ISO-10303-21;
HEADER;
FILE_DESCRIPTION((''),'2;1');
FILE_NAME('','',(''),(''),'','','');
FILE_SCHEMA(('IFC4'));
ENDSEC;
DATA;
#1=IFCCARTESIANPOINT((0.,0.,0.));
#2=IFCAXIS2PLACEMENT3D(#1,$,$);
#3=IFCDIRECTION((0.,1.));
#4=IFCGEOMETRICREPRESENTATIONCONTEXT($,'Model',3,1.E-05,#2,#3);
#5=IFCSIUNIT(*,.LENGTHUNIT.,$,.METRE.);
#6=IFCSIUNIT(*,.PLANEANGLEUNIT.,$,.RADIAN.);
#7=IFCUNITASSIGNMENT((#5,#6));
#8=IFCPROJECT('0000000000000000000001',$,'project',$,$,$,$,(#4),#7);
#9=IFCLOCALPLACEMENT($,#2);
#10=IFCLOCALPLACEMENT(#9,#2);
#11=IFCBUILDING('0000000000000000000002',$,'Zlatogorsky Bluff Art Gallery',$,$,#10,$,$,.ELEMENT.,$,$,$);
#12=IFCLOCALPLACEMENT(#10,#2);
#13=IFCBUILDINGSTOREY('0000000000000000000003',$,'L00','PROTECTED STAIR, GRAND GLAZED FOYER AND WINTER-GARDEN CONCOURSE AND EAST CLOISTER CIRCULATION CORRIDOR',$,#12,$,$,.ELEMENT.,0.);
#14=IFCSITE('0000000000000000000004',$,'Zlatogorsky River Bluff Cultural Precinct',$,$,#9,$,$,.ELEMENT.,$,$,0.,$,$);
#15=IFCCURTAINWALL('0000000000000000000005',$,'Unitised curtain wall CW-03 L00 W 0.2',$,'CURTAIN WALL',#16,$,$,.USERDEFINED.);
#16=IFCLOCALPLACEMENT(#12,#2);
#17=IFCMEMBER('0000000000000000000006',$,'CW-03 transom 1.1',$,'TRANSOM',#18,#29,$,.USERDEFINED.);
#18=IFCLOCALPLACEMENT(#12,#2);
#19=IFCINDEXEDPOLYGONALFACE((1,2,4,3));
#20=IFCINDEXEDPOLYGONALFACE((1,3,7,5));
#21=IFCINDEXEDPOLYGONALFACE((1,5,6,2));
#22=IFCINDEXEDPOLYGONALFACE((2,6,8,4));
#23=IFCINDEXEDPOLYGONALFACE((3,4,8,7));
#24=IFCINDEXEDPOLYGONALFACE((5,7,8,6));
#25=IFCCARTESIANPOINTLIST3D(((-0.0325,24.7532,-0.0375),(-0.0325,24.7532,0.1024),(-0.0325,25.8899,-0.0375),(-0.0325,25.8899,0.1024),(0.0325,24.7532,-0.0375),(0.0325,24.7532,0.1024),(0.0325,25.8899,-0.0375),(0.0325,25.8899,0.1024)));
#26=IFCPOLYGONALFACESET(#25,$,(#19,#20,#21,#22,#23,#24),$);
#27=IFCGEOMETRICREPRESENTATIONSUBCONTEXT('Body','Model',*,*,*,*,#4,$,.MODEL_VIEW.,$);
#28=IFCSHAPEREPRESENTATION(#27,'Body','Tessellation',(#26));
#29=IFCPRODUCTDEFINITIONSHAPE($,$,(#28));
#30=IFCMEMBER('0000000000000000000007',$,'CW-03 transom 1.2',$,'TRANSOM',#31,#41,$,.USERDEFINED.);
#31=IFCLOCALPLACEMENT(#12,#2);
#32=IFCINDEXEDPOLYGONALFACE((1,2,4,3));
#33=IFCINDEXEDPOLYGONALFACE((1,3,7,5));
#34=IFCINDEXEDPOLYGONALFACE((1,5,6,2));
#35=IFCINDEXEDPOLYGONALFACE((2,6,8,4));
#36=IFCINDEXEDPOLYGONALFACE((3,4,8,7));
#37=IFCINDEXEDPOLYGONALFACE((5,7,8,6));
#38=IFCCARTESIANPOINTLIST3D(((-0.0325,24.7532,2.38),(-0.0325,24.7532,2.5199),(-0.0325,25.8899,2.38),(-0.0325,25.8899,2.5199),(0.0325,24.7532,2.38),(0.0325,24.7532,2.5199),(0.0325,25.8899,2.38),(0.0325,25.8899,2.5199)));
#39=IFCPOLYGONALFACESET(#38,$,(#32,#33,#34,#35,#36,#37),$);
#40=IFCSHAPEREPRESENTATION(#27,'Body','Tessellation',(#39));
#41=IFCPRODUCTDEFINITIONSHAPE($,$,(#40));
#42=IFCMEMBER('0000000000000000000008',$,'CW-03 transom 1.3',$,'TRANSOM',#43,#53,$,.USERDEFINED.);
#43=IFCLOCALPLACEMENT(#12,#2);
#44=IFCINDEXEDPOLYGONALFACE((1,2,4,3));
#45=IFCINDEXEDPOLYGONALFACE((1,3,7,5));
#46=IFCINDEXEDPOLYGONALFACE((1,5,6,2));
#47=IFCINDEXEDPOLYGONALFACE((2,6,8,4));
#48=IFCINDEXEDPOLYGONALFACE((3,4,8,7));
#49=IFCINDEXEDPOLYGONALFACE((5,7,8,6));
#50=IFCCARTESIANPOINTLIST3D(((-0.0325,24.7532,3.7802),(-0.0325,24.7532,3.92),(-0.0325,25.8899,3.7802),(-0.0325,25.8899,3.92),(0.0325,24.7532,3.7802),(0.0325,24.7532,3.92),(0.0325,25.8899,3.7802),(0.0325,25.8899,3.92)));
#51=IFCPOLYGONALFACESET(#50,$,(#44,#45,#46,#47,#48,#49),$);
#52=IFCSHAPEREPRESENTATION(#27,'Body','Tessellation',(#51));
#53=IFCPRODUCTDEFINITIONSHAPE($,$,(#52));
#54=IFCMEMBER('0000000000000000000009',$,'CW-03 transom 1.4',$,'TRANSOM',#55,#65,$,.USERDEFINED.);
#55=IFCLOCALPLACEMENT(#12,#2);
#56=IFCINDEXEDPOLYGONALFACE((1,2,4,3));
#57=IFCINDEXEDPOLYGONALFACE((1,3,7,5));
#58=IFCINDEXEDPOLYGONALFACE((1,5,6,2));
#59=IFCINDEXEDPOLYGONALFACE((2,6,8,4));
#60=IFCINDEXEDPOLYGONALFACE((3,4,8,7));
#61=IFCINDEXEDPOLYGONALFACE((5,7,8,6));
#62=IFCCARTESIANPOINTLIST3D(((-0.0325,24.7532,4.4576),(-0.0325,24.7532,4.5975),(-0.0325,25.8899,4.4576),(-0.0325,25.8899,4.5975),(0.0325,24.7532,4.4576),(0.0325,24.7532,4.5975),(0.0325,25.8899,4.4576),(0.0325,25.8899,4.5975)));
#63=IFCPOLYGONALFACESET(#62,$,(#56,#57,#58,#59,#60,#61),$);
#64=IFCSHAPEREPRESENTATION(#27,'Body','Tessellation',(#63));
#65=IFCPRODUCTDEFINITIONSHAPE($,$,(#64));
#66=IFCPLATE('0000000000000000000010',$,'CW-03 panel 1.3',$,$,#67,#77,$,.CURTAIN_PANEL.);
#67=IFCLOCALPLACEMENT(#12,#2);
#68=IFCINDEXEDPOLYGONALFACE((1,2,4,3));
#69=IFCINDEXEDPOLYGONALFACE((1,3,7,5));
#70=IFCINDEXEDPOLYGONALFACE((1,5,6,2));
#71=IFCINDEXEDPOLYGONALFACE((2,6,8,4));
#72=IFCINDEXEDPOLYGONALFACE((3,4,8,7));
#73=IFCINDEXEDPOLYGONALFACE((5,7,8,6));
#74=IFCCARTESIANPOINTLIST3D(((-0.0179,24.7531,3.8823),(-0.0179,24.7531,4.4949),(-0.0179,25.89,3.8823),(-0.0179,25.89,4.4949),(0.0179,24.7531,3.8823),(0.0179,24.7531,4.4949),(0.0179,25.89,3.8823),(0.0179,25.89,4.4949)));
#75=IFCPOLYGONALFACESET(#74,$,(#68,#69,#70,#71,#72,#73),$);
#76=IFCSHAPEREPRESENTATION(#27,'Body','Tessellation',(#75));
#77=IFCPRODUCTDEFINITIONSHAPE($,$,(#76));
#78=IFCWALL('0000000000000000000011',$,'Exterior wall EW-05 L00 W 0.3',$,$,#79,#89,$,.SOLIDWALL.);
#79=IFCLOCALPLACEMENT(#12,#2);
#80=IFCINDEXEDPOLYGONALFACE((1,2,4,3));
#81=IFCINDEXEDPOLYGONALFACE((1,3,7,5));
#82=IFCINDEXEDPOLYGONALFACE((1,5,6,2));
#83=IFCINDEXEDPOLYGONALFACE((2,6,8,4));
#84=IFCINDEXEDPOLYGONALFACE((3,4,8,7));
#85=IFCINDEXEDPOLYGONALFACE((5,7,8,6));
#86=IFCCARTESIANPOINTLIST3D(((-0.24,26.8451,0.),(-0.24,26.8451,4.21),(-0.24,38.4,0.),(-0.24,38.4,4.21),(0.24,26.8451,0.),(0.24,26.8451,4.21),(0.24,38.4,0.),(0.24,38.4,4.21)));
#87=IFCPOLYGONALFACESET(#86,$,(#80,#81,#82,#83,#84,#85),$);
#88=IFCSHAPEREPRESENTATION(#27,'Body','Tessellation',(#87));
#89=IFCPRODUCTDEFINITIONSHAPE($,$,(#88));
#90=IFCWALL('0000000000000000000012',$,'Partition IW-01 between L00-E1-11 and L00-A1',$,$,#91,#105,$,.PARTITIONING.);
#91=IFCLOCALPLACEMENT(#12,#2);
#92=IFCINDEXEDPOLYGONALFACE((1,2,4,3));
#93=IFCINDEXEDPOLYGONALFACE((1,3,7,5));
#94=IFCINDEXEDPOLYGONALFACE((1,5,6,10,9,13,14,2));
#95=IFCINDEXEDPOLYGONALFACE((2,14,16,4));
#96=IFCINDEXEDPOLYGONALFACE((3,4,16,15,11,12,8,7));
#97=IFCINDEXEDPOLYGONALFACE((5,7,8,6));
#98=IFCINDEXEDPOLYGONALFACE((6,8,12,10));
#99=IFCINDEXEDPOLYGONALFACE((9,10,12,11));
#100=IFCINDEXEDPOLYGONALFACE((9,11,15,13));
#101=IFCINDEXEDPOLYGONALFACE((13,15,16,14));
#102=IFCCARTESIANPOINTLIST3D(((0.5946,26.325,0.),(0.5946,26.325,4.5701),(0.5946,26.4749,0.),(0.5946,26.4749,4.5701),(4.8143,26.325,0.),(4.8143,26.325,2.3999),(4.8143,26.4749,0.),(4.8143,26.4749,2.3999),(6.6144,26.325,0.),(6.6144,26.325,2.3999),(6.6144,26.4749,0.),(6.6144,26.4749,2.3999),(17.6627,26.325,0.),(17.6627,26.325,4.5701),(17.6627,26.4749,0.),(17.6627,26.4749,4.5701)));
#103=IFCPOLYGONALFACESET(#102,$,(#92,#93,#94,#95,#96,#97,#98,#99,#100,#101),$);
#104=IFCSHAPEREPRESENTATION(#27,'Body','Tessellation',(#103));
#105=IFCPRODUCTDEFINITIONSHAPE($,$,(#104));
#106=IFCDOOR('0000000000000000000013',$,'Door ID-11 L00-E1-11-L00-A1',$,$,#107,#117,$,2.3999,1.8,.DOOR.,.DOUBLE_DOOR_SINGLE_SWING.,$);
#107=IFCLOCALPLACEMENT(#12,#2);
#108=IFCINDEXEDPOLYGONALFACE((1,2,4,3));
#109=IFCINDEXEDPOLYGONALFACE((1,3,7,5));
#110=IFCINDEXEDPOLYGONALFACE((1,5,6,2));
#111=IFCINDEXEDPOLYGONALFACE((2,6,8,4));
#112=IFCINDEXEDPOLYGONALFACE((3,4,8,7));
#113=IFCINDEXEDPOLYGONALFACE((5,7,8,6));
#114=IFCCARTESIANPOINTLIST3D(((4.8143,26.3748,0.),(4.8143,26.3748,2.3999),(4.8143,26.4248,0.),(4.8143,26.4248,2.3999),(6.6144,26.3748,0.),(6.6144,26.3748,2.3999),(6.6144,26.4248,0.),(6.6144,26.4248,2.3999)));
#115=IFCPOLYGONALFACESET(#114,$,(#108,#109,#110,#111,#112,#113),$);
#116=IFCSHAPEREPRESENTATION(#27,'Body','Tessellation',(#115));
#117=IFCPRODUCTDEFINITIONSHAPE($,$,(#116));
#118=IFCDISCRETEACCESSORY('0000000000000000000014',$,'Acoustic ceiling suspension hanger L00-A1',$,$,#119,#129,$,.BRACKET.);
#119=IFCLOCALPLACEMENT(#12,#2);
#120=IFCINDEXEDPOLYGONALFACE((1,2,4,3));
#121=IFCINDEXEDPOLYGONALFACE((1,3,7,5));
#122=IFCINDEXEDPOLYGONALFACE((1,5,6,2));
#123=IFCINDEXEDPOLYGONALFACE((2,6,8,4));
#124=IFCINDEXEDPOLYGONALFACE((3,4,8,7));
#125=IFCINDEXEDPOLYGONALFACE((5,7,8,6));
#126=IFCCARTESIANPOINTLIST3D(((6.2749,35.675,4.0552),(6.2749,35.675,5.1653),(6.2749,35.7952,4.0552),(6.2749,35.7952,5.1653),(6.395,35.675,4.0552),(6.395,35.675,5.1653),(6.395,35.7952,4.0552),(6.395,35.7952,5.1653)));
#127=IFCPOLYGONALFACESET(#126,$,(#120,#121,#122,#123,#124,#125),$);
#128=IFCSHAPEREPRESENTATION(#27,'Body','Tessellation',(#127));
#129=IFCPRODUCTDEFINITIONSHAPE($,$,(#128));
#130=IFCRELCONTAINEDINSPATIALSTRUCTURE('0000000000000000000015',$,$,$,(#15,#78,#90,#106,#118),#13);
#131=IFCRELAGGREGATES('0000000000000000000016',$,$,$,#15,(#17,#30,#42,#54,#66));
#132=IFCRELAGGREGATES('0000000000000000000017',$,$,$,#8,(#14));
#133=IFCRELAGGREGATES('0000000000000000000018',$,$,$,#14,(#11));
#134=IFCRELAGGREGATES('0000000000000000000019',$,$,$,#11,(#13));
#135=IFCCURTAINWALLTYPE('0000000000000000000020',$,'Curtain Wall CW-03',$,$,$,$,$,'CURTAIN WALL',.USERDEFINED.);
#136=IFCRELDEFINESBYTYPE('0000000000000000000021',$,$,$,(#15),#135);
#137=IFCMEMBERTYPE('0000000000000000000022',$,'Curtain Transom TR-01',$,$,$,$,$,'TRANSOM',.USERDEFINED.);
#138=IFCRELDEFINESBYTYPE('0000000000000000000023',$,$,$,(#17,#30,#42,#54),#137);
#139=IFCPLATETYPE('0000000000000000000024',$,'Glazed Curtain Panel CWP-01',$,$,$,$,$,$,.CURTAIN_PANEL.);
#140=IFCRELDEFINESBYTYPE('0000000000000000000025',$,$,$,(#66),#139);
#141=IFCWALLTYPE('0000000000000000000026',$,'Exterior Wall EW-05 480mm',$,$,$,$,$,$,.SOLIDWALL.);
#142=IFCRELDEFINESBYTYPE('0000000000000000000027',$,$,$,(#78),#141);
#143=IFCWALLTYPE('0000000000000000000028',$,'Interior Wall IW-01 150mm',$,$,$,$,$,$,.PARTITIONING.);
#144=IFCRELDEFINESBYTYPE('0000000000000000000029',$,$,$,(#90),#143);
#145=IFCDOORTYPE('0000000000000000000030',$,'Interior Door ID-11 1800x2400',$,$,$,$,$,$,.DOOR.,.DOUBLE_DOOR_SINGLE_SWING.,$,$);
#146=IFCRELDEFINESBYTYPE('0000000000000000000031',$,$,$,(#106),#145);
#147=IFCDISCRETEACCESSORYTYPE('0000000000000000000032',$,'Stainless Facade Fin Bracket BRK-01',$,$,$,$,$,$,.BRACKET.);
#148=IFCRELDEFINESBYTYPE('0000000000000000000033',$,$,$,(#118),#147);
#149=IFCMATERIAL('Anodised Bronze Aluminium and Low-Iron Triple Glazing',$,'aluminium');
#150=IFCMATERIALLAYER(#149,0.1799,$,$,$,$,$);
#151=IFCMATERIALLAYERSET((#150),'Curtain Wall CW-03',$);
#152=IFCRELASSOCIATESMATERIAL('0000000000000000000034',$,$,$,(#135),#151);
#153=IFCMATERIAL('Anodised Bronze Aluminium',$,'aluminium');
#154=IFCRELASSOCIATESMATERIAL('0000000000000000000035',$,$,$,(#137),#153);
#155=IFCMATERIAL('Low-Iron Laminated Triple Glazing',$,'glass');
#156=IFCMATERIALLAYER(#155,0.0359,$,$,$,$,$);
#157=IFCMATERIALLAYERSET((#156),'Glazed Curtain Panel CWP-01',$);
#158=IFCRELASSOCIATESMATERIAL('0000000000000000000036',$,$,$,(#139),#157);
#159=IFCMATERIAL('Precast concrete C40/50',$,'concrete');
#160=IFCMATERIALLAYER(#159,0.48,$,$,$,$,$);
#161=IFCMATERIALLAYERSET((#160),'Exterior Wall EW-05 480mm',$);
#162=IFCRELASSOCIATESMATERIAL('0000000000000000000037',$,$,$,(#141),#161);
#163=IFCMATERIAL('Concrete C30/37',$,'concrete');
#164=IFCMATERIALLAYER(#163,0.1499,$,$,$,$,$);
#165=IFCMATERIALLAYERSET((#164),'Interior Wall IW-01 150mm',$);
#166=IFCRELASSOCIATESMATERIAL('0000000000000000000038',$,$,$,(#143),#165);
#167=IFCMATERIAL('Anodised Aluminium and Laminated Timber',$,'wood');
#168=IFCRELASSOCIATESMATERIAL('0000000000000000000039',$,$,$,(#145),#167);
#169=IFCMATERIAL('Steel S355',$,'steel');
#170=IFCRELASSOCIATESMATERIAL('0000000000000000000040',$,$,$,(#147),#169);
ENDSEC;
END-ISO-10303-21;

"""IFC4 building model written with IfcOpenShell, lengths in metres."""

from ifc_helpers import new_model, si_unit, direction, frame, frame_2d, origin, origin_2d, place, context, subcontext, project, spatial, rectangle, extrude, material, layer, layer_set, material_profile, profile_set, type_object, element, fill, aggregate, save


model = new_model("IFC4")

# Units and contexts
model_context = context("Model", 3, precision=1e-05, world=origin(), true_north=direction((0.0, 1.0)))
body_context = subcontext(model_context, "Body", "Model", "MODEL_VIEW")
ifc_project = project(units=[si_unit("LENGTHUNIT", "METRE"), si_unit("PLANEANGLEUNIT", "RADIAN")], contexts=[model_context])

# Site, building, storey
site_placement = place(None, origin())
site = spatial("IfcSite", under=ifc_project, at=site_placement, Name="Zlatogorsky River Bluff Cultural Precinct", CompositionType="ELEMENT", RefElevation=0.0)
building_placement = place(site_placement, origin())
building = spatial("IfcBuilding", under=site, at=building_placement, Name="Zlatogorsky Bluff Art Gallery", CompositionType="ELEMENT")
storey_placement = place(building_placement, origin())
storey = spatial("IfcBuildingStorey", under=building, at=storey_placement, Name="L00", Description="PROTECTED STAIR, GRAND GLAZED FOYER AND WINTER-GARDEN CONCOURSE AND EAST CLOISTER CIRCULATION CORRIDOR", CompositionType="ELEMENT", Elevation=0.0)

# Shared definitions
ifc_material_1 = material(Name="Steel S355", Category="steel")

# Curtain wall, members, plate
ifc_material_2 = material(Name="Anodised Bronze Aluminium and Low-Iron Triple Glazing", Category="aluminium")
ifc_layer_1 = layer(ifc_material_2, 0.1799)
ifc_layer_set_1 = layer_set([ifc_layer_1], Name="Curtain Wall CW-03")
curtain_wall_type = type_object("IfcCurtainWallType", Name="Curtain Wall CW-03", ElementType="CURTAIN WALL", PredefinedType="USERDEFINED", material=ifc_layer_set_1)
curtain_wall_placement = place(storey_placement, origin())
curtain_wall = element("IfcCurtainWall", 1, at=curtain_wall_placement, inside=storey, type_object=curtain_wall_type, Name="Unitised curtain wall CW-03 L00 W 0.2", ObjectType="CURTAIN WALL", PredefinedType="USERDEFINED")
ifc_material_3 = material(Name="Anodised Bronze Aluminium", Category="aluminium")
ifc_material_profile_1 = material_profile(ifc_material_3, rectangle(XDim=0.0649, YDim=0.1399, at=origin_2d()), Name="ALU TRANSOM 65x140")
ifc_profile_set_1 = profile_set([ifc_material_profile_1], Name="Anodised Bronze Aluminium")
member_type_1 = type_object("IfcMemberType", Name="Curtain Transom TR-01", ElementType="TRANSOM", PredefinedType="USERDEFINED", material=ifc_profile_set_1)
member_1_placement = place(storey_placement, frame((0.0, 25.8899, 0.0325), z_axis=(0.0, -1.0, 0.0), x_axis=(1.0, 0.0, 0.0)))
member_1 = element("IfcMember", 2, at=member_1_placement, type_object=member_type_1, Name="CW-03 transom 1.1", ObjectType="TRANSOM", PredefinedType="USERDEFINED", context=body_context, shape_type="SweptSolid", body=[
    extrude(rectangle(XDim=0.0649, YDim=0.1399, at=origin_2d()), origin(), (0.0, 0.0, 1.0), 1.1367),
])
member_2_placement = place(storey_placement, frame((0.0, 25.8899, 2.45), z_axis=(0.0, -1.0, 0.0), x_axis=(1.0, 0.0, 0.0)))
member_2 = element("IfcMember", 3, at=member_2_placement, type_object=member_type_1, Name="CW-03 transom 1.2", ObjectType="TRANSOM", PredefinedType="USERDEFINED", context=body_context, shape_type="SweptSolid", body=[
    extrude(rectangle(XDim=0.0649, YDim=0.1399, at=origin_2d()), origin(), (0.0, 0.0, 1.0), 1.1367),
])
member_3_placement = place(storey_placement, frame((0.0, 25.8899, 3.8501), z_axis=(0.0, -1.0, 0.0), x_axis=(1.0, 0.0, 0.0)))
member_3 = element("IfcMember", 4, at=member_3_placement, type_object=member_type_1, Name="CW-03 transom 1.3", ObjectType="TRANSOM", PredefinedType="USERDEFINED", context=body_context, shape_type="SweptSolid", body=[
    extrude(rectangle(XDim=0.0649, YDim=0.1399, at=origin_2d()), origin(), (0.0, 0.0, 1.0), 1.1367),
])
member_4_placement = place(storey_placement, frame((0.0, 25.8899, 4.5276), z_axis=(0.0, -1.0, 0.0), x_axis=(1.0, 0.0, 0.0)))
member_4 = element("IfcMember", 5, at=member_4_placement, type_object=member_type_1, Name="CW-03 transom 1.4", ObjectType="TRANSOM", PredefinedType="USERDEFINED", context=body_context, shape_type="SweptSolid", body=[
    extrude(rectangle(XDim=0.0649, YDim=0.1399, at=origin_2d()), origin(), (0.0, 0.0, 1.0), 1.1367),
])
ifc_material_4 = material(Name="Low-Iron Laminated Triple Glazing", Category="glass")
ifc_layer_2 = layer(ifc_material_4, 0.0359)
ifc_layer_set_2 = layer_set([ifc_layer_2], Name="Glazed Curtain Panel CWP-01")
plate_type = type_object("IfcPlateType", Name="Glazed Curtain Panel CWP-01", PredefinedType="CURTAIN_PANEL", material=ifc_layer_set_2)
plate_placement = place(storey_placement, frame((0.0, 25.3215, 3.8823), z_axis=(0.0, 0.0, 1.0), x_axis=(0.0, -1.0, 0.0)))
plate = element("IfcPlate", 6, at=plate_placement, type_object=plate_type, Name="CW-03 panel 1.3", PredefinedType="CURTAIN_PANEL", context=body_context, shape_type="SweptSolid", body=[
    extrude(rectangle(XDim=1.137, YDim=0.0359, at=origin_2d()), origin(), (0.0, 0.0, 1.0), 0.6125),
])
aggregate(curtain_wall, [member_1, member_2, member_3, member_4, plate])

# Wall
ifc_material_5 = material(Name="Precast concrete C40/50", Category="concrete")
ifc_layer_3 = layer(ifc_material_5, 0.48)
ifc_layer_set_3 = layer_set([ifc_layer_3], Name="Exterior Wall EW-05 480mm")
wall_type_1 = type_object("IfcWallType", Name="Exterior Wall EW-05 480mm", PredefinedType="SOLIDWALL", material=ifc_layer_set_3)
wall_1_placement = place(storey_placement, frame((0.0, 38.3999, 0.0), z_axis=(0.0, 0.0, 1.0), x_axis=(0.0, -1.0, 0.0)))
element("IfcWall", 7, at=wall_1_placement, inside=storey, type_object=wall_type_1, Name="Exterior wall EW-05 L00 W 0.3", PredefinedType="SOLIDWALL", context=body_context, shape_type="SweptSolid", body=[
    extrude(rectangle(XDim=11.5549, YDim=0.48, at=frame_2d((5.7773, 0.0))), origin(), (0.0, 0.0, 1.0), 4.21),
])

# Wall, opening, door
ifc_material_6 = material(Name="Concrete C30/37", Category="concrete")
ifc_layer_4 = layer(ifc_material_6, 0.1499)
ifc_layer_set_4 = layer_set([ifc_layer_4], Name="Interior Wall IW-01 150mm")
wall_type_2 = type_object("IfcWallType", Name="Interior Wall IW-01 150mm", PredefinedType="PARTITIONING", material=ifc_layer_set_4)
wall_2_placement = place(storey_placement, frame((0.5945, 26.3999, 0.0), z_axis=(0.0, 0.0, 1.0), x_axis=(1.0, 0.0, 0.0)))
wall_2 = element("IfcWall", 8, at=wall_2_placement, inside=storey, type_object=wall_type_2, Name="Partition IW-01 between L00-E1-11 and L00-A1", PredefinedType="PARTITIONING", context=body_context, shape_type="SweptSolid", body=[
    extrude(rectangle(XDim=17.0681, YDim=0.1499, at=frame_2d((8.5342, 0.0))), origin(), (0.0, 0.0, 1.0), 4.5701),
])
opening_placement = place(wall_2_placement, frame((4.22, 0.0, 0.0)))
opening = element("IfcOpeningElement", 9, at=opening_placement, cuts=wall_2, PredefinedType="OPENING", context=body_context, shape_type="SweptSolid", body=[
    extrude(rectangle(XDim=1.8, YDim=2.3999, at=frame_2d((0.8999, 1.2))), frame((0.0, 0.085, 0.0), z_axis=(0.0, -1.0, 0.0), x_axis=(1.0, 0.0, 0.0)), (0.0, 0.0, 1.0), 0.1699),
])
ifc_material_7 = material(Name="Anodised Aluminium and Laminated Timber", Category="wood")
door_type = type_object("IfcDoorType", Name="Interior Door ID-11 1800x2400", OperationType="DOUBLE_DOOR_SINGLE_SWING", PredefinedType="DOOR", material=ifc_material_7)
door_placement = place(opening_placement, origin())
door = element("IfcDoor", 10, at=door_placement, inside=storey, type_object=door_type, Name="Door ID-11 L00-E1-11-L00-A1", OperationType="DOUBLE_DOOR_SINGLE_SWING", OverallHeight=2.3999, OverallWidth=1.8, PredefinedType="DOOR", context=body_context, shape_type="SweptSolid", body=[
    extrude(rectangle(XDim=1.8, YDim=2.3999, at=frame_2d((0.8999, 1.2))), frame((0.0, 0.0249, 0.0), z_axis=(0.0, -1.0, 0.0), x_axis=(1.0, 0.0, 0.0)), (0.0, 0.0, 1.0), 0.05),
])
fill(opening, door)

# Discrete accessory
discrete_accessory_type = type_object("IfcDiscreteAccessoryType", Name="Stainless Facade Fin Bracket BRK-01", PredefinedType="BRACKET", material=ifc_material_1)
discrete_accessory_placement = place(storey_placement, frame((6.335, 35.7351, 4.0552), z_axis=(0.0, 0.0, 1.0), x_axis=(1.0, 0.0, 0.0)))
element("IfcDiscreteAccessory", 11, at=discrete_accessory_placement, inside=storey, type_object=discrete_accessory_type, Name="Acoustic ceiling suspension hanger L00-A1", PredefinedType="BRACKET", context=body_context, shape_type="SweptSolid", body=[
    extrude(rectangle(XDim=0.1201, YDim=0.1201, at=origin_2d()), origin(), (0.0, 0.0, 1.0), 1.1101),
])

save(model, "model.ifc")
